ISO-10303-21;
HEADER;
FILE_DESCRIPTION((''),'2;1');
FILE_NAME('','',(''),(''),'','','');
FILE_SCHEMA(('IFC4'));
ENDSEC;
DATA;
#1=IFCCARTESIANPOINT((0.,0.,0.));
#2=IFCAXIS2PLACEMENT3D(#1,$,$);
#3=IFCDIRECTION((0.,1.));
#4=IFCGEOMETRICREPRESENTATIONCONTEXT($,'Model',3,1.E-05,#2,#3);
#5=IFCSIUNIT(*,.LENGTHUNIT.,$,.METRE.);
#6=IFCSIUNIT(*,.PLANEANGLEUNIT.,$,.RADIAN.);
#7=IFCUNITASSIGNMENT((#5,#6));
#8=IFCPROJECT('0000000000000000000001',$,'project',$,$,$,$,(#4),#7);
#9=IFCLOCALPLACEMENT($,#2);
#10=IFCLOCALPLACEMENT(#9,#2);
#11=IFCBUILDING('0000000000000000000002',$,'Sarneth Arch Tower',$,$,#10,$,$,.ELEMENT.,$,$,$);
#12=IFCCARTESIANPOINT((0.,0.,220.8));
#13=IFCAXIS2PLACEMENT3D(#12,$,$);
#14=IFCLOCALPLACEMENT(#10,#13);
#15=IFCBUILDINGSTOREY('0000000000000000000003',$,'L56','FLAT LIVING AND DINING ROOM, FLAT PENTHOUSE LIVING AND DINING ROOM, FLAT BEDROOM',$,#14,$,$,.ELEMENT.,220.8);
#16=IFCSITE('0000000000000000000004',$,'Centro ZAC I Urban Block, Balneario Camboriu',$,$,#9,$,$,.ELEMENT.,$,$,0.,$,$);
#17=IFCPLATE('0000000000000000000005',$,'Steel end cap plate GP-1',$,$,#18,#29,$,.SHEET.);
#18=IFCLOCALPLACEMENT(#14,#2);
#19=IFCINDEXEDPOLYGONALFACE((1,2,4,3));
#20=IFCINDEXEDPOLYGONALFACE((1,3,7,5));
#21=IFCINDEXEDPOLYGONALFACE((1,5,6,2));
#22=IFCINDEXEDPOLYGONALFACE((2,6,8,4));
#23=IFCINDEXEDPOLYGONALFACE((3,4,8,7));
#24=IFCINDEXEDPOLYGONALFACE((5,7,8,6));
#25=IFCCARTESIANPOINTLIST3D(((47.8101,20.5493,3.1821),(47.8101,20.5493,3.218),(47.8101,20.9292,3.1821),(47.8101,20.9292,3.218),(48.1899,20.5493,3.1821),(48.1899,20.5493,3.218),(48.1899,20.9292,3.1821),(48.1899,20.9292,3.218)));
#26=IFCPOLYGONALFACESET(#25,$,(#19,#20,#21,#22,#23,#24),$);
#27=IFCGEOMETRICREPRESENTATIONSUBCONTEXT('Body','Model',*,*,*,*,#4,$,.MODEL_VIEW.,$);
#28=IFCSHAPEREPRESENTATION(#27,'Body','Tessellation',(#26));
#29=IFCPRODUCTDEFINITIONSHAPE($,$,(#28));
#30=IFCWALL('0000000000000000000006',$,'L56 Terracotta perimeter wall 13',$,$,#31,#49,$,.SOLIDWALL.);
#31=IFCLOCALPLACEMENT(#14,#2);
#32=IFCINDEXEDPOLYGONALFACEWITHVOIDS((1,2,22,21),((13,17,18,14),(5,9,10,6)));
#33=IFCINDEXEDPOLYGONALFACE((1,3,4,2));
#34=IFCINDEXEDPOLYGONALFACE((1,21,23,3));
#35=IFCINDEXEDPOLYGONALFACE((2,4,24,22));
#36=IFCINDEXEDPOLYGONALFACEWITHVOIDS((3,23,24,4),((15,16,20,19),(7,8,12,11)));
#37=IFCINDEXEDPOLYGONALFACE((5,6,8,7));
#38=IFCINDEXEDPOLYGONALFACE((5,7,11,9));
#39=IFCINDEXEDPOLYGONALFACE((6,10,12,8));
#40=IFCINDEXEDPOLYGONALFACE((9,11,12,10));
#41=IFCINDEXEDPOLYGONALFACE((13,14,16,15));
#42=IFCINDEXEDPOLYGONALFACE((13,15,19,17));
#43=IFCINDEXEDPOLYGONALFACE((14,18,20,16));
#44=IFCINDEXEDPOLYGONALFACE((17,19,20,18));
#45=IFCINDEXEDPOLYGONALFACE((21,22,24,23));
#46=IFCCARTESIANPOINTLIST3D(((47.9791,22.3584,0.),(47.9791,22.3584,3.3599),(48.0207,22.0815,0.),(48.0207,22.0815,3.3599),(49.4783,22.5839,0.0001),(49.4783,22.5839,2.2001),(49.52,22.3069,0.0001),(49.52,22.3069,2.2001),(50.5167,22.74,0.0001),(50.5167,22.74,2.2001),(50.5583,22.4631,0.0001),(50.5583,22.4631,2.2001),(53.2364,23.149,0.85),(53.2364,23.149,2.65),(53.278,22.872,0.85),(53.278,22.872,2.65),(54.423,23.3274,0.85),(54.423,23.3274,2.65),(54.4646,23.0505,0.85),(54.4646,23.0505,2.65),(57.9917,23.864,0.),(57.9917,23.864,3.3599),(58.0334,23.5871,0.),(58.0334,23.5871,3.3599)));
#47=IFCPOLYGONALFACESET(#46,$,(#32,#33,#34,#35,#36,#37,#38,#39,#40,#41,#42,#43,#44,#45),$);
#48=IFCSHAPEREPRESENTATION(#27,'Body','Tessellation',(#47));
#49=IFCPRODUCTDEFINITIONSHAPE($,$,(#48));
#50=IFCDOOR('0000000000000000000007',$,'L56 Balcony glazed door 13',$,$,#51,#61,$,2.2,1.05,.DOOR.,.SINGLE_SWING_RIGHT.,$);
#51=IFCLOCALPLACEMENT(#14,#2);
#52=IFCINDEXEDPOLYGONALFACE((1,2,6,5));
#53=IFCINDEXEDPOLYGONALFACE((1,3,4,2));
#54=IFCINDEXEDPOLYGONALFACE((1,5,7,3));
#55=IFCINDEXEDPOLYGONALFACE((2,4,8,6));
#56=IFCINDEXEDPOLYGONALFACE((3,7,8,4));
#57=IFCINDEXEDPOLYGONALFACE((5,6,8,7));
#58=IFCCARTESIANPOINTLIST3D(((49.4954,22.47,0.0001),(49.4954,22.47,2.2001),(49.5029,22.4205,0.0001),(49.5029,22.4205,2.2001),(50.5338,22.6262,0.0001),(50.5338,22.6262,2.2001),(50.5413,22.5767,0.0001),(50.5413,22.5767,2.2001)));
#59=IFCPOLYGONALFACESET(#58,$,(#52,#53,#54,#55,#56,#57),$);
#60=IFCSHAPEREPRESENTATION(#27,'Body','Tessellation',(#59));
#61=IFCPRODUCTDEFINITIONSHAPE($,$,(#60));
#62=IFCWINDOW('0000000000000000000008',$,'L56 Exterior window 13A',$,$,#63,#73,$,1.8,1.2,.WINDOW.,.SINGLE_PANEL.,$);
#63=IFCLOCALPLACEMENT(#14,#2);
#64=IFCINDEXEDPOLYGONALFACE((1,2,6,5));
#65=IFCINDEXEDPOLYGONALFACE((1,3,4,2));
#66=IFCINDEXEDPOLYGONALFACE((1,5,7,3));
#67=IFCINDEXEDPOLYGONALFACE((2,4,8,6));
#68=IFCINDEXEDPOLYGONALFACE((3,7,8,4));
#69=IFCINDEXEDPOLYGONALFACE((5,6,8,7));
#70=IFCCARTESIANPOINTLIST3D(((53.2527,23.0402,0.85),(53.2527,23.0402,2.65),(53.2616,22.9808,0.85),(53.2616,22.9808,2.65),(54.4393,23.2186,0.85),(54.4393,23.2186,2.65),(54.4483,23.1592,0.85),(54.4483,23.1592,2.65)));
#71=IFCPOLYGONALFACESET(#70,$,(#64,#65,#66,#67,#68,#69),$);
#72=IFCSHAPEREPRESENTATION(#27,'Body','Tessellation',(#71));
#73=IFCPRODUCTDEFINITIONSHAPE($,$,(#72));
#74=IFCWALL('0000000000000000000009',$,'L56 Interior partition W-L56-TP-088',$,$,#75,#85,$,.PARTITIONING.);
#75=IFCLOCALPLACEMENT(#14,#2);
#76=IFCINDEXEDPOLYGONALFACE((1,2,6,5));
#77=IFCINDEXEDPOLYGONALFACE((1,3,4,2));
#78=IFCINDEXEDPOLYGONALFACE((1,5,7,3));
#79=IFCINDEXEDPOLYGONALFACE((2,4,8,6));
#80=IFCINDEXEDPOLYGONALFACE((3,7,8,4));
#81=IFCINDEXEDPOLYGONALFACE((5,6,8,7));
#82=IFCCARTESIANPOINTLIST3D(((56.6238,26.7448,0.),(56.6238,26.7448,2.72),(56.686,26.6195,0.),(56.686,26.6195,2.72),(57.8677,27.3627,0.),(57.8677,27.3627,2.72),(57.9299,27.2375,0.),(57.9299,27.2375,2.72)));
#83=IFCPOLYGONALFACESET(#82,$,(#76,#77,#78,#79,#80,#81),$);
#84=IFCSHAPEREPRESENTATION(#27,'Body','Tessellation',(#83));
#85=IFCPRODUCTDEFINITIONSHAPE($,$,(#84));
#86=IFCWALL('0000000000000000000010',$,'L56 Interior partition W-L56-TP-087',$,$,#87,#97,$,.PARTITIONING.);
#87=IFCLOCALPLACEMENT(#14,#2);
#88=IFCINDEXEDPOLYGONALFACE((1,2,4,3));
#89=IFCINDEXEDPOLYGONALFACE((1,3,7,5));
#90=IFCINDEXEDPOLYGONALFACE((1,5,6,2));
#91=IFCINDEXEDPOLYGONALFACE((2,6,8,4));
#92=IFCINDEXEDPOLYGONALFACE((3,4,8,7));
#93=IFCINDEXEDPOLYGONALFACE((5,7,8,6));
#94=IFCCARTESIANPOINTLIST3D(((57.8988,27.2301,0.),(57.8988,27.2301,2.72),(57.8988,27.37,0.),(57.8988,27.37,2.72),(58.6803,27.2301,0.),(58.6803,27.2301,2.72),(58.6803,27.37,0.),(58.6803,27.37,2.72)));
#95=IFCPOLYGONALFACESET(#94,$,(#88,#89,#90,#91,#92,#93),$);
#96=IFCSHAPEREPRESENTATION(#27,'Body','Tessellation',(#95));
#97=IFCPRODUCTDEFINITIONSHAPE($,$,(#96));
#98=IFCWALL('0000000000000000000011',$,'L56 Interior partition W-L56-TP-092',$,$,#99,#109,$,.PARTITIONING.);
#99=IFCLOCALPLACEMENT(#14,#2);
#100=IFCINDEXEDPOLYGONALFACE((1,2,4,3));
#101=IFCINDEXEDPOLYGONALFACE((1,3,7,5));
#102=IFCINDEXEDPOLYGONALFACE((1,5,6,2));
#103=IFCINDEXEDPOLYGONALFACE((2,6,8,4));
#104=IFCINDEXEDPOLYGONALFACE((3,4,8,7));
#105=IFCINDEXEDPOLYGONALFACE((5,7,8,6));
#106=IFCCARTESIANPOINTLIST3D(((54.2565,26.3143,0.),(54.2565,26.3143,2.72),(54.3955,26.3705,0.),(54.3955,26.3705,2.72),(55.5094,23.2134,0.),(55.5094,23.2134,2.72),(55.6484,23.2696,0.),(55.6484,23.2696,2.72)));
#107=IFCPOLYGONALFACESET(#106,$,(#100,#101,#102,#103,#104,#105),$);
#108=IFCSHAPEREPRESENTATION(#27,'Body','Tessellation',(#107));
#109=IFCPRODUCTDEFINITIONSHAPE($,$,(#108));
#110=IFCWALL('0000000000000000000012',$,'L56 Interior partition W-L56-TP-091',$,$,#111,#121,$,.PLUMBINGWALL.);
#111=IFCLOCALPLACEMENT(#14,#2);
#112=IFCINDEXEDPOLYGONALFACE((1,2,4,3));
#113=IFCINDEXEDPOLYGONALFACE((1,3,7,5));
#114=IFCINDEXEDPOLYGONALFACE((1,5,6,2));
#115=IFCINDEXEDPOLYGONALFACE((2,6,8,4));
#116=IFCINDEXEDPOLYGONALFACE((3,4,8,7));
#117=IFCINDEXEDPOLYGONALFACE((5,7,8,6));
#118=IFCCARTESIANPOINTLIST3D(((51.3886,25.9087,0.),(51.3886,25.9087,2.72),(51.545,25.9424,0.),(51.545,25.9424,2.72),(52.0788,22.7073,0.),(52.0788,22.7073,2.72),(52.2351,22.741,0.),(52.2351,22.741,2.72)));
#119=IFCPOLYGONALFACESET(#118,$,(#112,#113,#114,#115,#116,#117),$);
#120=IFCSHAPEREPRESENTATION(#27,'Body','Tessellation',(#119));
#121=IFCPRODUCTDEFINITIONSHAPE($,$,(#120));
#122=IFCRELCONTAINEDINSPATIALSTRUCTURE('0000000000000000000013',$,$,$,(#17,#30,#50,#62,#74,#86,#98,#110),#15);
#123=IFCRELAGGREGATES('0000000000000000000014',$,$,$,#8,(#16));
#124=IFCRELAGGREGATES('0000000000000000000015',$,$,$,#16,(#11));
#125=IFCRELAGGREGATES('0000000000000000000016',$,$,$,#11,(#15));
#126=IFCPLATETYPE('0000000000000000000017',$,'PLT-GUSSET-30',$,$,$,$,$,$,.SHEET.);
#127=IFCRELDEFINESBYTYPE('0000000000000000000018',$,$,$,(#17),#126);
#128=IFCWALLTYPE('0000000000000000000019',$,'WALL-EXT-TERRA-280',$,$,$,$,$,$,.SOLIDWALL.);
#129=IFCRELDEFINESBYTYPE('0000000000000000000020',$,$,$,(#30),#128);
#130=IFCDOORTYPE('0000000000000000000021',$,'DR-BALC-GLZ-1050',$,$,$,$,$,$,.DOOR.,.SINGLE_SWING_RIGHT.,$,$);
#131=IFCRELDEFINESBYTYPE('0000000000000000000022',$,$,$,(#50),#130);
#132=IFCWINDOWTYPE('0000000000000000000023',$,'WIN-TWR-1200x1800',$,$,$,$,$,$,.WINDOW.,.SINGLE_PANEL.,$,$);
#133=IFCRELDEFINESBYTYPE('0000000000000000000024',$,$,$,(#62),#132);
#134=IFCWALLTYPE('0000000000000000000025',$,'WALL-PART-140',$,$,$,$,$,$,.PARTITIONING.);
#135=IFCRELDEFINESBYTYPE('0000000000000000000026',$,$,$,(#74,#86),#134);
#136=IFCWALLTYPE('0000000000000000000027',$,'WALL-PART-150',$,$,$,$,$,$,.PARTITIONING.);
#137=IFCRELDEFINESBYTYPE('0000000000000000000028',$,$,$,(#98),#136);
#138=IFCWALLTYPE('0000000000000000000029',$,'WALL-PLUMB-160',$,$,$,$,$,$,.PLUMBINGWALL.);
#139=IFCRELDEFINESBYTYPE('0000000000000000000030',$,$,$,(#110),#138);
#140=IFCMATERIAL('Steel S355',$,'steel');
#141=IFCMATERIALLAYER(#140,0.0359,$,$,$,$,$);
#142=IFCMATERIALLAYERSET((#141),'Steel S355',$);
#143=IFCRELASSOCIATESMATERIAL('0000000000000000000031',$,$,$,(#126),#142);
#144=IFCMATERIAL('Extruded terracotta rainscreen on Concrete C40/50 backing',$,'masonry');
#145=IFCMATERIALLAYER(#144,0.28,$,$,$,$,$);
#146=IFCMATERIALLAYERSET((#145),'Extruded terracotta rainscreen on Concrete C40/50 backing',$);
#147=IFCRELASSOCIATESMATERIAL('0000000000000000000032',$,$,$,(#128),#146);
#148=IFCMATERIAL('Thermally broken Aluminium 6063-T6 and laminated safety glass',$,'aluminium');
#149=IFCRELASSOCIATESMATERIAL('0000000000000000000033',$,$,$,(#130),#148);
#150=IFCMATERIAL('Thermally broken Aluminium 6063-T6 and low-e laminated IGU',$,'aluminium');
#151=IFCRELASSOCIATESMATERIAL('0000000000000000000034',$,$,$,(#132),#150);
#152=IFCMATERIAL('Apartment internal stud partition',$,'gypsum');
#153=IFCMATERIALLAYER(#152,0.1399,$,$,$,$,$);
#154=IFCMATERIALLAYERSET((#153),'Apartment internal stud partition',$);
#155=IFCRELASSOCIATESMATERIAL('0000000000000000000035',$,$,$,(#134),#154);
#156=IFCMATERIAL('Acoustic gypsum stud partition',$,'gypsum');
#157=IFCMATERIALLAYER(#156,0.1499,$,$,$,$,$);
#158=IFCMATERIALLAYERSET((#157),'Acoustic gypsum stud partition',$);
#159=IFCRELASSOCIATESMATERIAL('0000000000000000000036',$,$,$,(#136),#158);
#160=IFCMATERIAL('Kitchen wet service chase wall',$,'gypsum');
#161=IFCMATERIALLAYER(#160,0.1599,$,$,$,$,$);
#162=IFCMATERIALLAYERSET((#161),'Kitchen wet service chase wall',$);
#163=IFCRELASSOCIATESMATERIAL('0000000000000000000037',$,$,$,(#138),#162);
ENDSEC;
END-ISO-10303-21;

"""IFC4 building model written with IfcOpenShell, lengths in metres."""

from ifc_helpers import new_model, si_unit, direction, frame, frame_2d, origin, origin_2d, place, context, subcontext, project, spatial, rectangle, extrude, material, layer, layer_set, type_object, element, fill, save


model = new_model("IFC4")

# Units and contexts
model_context = context("Model", 3, precision=1e-05, world=origin(), true_north=direction((0.0, 1.0)))
body_context = subcontext(model_context, "Body", "Model", "MODEL_VIEW")
ifc_project = project(units=[si_unit("LENGTHUNIT", "METRE"), si_unit("PLANEANGLEUNIT", "RADIAN")], contexts=[model_context])

# Site, building, storey
site_placement = place(None, origin())
site = spatial("IfcSite", under=ifc_project, at=site_placement, Name="Centro ZAC I Urban Block, Balneario Camboriu", CompositionType="ELEMENT", RefElevation=0.0)
building_placement = place(site_placement, origin())
building = spatial("IfcBuilding", under=site, at=building_placement, Name="Sarneth Arch Tower", CompositionType="ELEMENT")
storey_placement = place(building_placement, frame((0.0, 0.0, 220.8)))
storey = spatial("IfcBuildingStorey", under=building, at=storey_placement, Name="L56", Description="FLAT LIVING AND DINING ROOM, FLAT PENTHOUSE LIVING AND DINING ROOM, FLAT BEDROOM", CompositionType="ELEMENT", Elevation=220.8)

# Plate
ifc_material_1 = material(Name="Steel S355", Category="steel")
ifc_layer_1 = layer(ifc_material_1, 0.0359)
ifc_layer_set_1 = layer_set([ifc_layer_1], Name="Steel S355")
plate_type_1 = type_object("IfcPlateType", Name="PLT-GUSSET-30", PredefinedType="SHEET", material=ifc_layer_set_1)
plate_1_placement = place(storey_placement, frame((48.0, 20.7393, 3.1821), z_axis=(0.0, 0.0, 1.0), x_axis=(0.0, -1.0, 0.0)))
element("IfcPlate", 1, at=plate_1_placement, inside=storey, type_object=plate_type_1, Name="Steel end cap plate GP-1", PredefinedType="SHEET", context=body_context, shape_type="SweptSolid", body=[
    extrude(rectangle(XDim=0.3799, YDim=0.3799, at=origin_2d()), origin(), (0.0, 0.0, 1.0), 0.0359),
])

# Wall, openings, door, window
ifc_material_2 = material(Name="Extruded terracotta rainscreen on Concrete C40/50 backing", Category="masonry")
ifc_layer_2 = layer(ifc_material_2, 0.28)
ifc_layer_set_2 = layer_set([ifc_layer_2], Name="Extruded terracotta rainscreen on Concrete C40/50 backing")
wall_type_1 = type_object("IfcWallType", Name="WALL-EXT-TERRA-280", PredefinedType="SOLIDWALL", material=ifc_layer_set_2)
wall_1_placement = place(storey_placement, frame((48.0, 22.22, 0.0), z_axis=(0.0, 0.0, 1.0), x_axis=(0.988883, 0.148699, 0.0)))
wall_1 = element("IfcWall", 2, at=wall_1_placement, inside=storey, type_object=wall_type_1, Name="L56 Terracotta perimeter wall 13", PredefinedType="SOLIDWALL", context=body_context, shape_type="SweptSolid", body=[
    extrude(rectangle(XDim=10.1252, YDim=0.28, at=frame_2d((5.0625, 0.0))), origin(), (0.0, 0.0, 1.0), 3.3599),
])
opening_1_placement = place(wall_1_placement, frame((1.5161, 0.0, 0.0)))
opening_1 = element("IfcOpeningElement", 3, at=opening_1_placement, cuts=wall_1, PredefinedType="OPENING", context=body_context, shape_type="SweptSolid", body=[
    extrude(rectangle(XDim=1.05, YDim=2.2, at=frame_2d((0.5249, 1.1001))), frame((0.0, 0.1499, 0.0), z_axis=(0.0, -1.0, 0.0), x_axis=(1.0, 0.0, 0.0)), (0.0, 0.0, 1.0), 0.3),
])
opening_2_placement = place(wall_1_placement, frame((5.3162, 0.0, 0.8501)))
opening_2 = element("IfcOpeningElement", 4, at=opening_2_placement, cuts=wall_1, PredefinedType="OPENING", context=body_context, shape_type="SweptSolid", body=[
    extrude(rectangle(XDim=1.2, YDim=1.8, at=frame_2d((0.6001, 0.8999))), frame((0.0, 0.1499, 0.0), z_axis=(0.0, -1.0, 0.0), x_axis=(1.0, 0.0, 0.0)), (0.0, 0.0, 1.0), 0.3),
])
ifc_material_3 = material(Name="Thermally broken Aluminium 6063-T6 and laminated safety glass", Category="aluminium")
door_type = type_object("IfcDoorType", Name="DR-BALC-GLZ-1050", OperationType="SINGLE_SWING_RIGHT", PredefinedType="DOOR", material=ifc_material_3)
door_placement = place(opening_1_placement, origin())
door = element("IfcDoor", 5, at=door_placement, inside=storey, type_object=door_type, Name="L56 Balcony glazed door 13", OperationType="SINGLE_SWING_RIGHT", OverallHeight=2.2, OverallWidth=1.05, PredefinedType="DOOR", context=body_context, shape_type="SweptSolid", body=[
    extrude(rectangle(XDim=1.05, YDim=2.2, at=frame_2d((0.5249, 1.1001))), frame((0.0, 0.0249, 0.0), z_axis=(0.0, -1.0, 0.0), x_axis=(1.0, 0.0, 0.0)), (0.0, 0.0, 1.0), 0.05),
])
fill(opening_1, door)
ifc_material_4 = material(Name="Thermally broken Aluminium 6063-T6 and low-e laminated IGU", Category="aluminium")
window_type = type_object("IfcWindowType", Name="WIN-TWR-1200x1800", PartitioningType="SINGLE_PANEL", PredefinedType="WINDOW", material=ifc_material_4)
window_placement = place(opening_2_placement, origin())
window = element("IfcWindow", 6, at=window_placement, inside=storey, type_object=window_type, Name="L56 Exterior window 13A", OverallHeight=1.8, OverallWidth=1.2, PartitioningType="SINGLE_PANEL", PredefinedType="WINDOW", context=body_context, shape_type="SweptSolid", body=[
    extrude(rectangle(XDim=1.2, YDim=1.8, at=frame_2d((0.6001, 0.8999))), frame((0.0, 0.03, 0.0), z_axis=(0.0, -1.0, 0.0), x_axis=(1.0, 0.0, 0.0)), (0.0, 0.0, 1.0), 0.0601),
])
fill(opening_2, window)

# Walls
ifc_material_5 = material(Name="Apartment internal stud partition", Category="gypsum")
ifc_layer_3 = layer(ifc_material_5, 0.1399)
ifc_layer_set_3 = layer_set([ifc_layer_3], Name="Apartment internal stud partition")
wall_type_2 = type_object("IfcWallType", Name="WALL-PART-140", PredefinedType="PARTITIONING", material=ifc_layer_set_3)
wall_2_placement = place(storey_placement, frame((57.8987, 27.3, 0.0), z_axis=(0.0, 0.0, 1.0), x_axis=(-0.895584, -0.444892, 0.0)))
element("IfcWall", 7, at=wall_2_placement, inside=storey, type_object=wall_type_2, Name="L56 Interior partition W-L56-TP-088", PredefinedType="PARTITIONING", context=body_context, shape_type="SweptSolid", body=[
    extrude(rectangle(XDim=1.3889, YDim=0.1399, at=frame_2d((0.6943, 0.0))), origin(), (0.0, 0.0, 1.0), 2.72),
])
wall_3_placement = place(storey_placement, frame((58.6802, 27.3, 0.0), z_axis=(0.0, 0.0, 1.0), x_axis=(-1.0, 0.0, 0.0)))
element("IfcWall", 8, at=wall_3_placement, inside=storey, type_object=wall_type_2, Name="L56 Interior partition W-L56-TP-087", PredefinedType="PARTITIONING", context=body_context, shape_type="SweptSolid", body=[
    extrude(rectangle(XDim=0.7815, YDim=0.1399, at=frame_2d((0.3906, 0.0))), origin(), (0.0, 0.0, 1.0), 2.72),
])
ifc_material_6 = material(Name="Acoustic gypsum stud partition", Category="gypsum")
ifc_layer_4 = layer(ifc_material_6, 0.1499)
ifc_layer_set_4 = layer_set([ifc_layer_4], Name="Acoustic gypsum stud partition")
wall_type_3 = type_object("IfcWallType", Name="WALL-PART-150", PredefinedType="PARTITIONING", material=ifc_layer_set_4)
wall_4_placement = place(storey_placement, frame((54.3259, 26.3425, 0.0), z_axis=(0.0, 0.0, 1.0), x_axis=(0.374636, -0.927172, 0.0)))
element("IfcWall", 9, at=wall_4_placement, inside=storey, type_object=wall_type_3, Name="L56 Interior partition W-L56-TP-092", PredefinedType="PARTITIONING", context=body_context, shape_type="SweptSolid", body=[
    extrude(rectangle(XDim=3.3445, YDim=0.1499, at=frame_2d((1.6724, 0.0))), origin(), (0.0, 0.0, 1.0), 2.72),
])
ifc_material_7 = material(Name="Kitchen wet service chase wall", Category="gypsum")
ifc_layer_5 = layer(ifc_material_7, 0.1599)
ifc_layer_set_5 = layer_set([ifc_layer_5], Name="Kitchen wet service chase wall")
wall_type_4 = type_object("IfcWallType", Name="WALL-PLUMB-160", PredefinedType="PLUMBINGWALL", material=ifc_layer_set_5)
wall_5_placement = place(storey_placement, frame((51.4668, 25.9255, 0.0), z_axis=(0.0, 0.0, 1.0), x_axis=(0.210746, -0.977541, 0.0)))
element("IfcWall", 10, at=wall_5_placement, inside=storey, type_object=wall_type_4, Name="L56 Interior partition W-L56-TP-091", PredefinedType="PLUMBINGWALL", context=body_context, shape_type="SweptSolid", body=[
    extrude(rectangle(XDim=3.2749, YDim=0.1599, at=frame_2d((1.6375, 0.0))), origin(), (0.0, 0.0, 1.0), 2.72),
])

save(model, "model.ifc")
